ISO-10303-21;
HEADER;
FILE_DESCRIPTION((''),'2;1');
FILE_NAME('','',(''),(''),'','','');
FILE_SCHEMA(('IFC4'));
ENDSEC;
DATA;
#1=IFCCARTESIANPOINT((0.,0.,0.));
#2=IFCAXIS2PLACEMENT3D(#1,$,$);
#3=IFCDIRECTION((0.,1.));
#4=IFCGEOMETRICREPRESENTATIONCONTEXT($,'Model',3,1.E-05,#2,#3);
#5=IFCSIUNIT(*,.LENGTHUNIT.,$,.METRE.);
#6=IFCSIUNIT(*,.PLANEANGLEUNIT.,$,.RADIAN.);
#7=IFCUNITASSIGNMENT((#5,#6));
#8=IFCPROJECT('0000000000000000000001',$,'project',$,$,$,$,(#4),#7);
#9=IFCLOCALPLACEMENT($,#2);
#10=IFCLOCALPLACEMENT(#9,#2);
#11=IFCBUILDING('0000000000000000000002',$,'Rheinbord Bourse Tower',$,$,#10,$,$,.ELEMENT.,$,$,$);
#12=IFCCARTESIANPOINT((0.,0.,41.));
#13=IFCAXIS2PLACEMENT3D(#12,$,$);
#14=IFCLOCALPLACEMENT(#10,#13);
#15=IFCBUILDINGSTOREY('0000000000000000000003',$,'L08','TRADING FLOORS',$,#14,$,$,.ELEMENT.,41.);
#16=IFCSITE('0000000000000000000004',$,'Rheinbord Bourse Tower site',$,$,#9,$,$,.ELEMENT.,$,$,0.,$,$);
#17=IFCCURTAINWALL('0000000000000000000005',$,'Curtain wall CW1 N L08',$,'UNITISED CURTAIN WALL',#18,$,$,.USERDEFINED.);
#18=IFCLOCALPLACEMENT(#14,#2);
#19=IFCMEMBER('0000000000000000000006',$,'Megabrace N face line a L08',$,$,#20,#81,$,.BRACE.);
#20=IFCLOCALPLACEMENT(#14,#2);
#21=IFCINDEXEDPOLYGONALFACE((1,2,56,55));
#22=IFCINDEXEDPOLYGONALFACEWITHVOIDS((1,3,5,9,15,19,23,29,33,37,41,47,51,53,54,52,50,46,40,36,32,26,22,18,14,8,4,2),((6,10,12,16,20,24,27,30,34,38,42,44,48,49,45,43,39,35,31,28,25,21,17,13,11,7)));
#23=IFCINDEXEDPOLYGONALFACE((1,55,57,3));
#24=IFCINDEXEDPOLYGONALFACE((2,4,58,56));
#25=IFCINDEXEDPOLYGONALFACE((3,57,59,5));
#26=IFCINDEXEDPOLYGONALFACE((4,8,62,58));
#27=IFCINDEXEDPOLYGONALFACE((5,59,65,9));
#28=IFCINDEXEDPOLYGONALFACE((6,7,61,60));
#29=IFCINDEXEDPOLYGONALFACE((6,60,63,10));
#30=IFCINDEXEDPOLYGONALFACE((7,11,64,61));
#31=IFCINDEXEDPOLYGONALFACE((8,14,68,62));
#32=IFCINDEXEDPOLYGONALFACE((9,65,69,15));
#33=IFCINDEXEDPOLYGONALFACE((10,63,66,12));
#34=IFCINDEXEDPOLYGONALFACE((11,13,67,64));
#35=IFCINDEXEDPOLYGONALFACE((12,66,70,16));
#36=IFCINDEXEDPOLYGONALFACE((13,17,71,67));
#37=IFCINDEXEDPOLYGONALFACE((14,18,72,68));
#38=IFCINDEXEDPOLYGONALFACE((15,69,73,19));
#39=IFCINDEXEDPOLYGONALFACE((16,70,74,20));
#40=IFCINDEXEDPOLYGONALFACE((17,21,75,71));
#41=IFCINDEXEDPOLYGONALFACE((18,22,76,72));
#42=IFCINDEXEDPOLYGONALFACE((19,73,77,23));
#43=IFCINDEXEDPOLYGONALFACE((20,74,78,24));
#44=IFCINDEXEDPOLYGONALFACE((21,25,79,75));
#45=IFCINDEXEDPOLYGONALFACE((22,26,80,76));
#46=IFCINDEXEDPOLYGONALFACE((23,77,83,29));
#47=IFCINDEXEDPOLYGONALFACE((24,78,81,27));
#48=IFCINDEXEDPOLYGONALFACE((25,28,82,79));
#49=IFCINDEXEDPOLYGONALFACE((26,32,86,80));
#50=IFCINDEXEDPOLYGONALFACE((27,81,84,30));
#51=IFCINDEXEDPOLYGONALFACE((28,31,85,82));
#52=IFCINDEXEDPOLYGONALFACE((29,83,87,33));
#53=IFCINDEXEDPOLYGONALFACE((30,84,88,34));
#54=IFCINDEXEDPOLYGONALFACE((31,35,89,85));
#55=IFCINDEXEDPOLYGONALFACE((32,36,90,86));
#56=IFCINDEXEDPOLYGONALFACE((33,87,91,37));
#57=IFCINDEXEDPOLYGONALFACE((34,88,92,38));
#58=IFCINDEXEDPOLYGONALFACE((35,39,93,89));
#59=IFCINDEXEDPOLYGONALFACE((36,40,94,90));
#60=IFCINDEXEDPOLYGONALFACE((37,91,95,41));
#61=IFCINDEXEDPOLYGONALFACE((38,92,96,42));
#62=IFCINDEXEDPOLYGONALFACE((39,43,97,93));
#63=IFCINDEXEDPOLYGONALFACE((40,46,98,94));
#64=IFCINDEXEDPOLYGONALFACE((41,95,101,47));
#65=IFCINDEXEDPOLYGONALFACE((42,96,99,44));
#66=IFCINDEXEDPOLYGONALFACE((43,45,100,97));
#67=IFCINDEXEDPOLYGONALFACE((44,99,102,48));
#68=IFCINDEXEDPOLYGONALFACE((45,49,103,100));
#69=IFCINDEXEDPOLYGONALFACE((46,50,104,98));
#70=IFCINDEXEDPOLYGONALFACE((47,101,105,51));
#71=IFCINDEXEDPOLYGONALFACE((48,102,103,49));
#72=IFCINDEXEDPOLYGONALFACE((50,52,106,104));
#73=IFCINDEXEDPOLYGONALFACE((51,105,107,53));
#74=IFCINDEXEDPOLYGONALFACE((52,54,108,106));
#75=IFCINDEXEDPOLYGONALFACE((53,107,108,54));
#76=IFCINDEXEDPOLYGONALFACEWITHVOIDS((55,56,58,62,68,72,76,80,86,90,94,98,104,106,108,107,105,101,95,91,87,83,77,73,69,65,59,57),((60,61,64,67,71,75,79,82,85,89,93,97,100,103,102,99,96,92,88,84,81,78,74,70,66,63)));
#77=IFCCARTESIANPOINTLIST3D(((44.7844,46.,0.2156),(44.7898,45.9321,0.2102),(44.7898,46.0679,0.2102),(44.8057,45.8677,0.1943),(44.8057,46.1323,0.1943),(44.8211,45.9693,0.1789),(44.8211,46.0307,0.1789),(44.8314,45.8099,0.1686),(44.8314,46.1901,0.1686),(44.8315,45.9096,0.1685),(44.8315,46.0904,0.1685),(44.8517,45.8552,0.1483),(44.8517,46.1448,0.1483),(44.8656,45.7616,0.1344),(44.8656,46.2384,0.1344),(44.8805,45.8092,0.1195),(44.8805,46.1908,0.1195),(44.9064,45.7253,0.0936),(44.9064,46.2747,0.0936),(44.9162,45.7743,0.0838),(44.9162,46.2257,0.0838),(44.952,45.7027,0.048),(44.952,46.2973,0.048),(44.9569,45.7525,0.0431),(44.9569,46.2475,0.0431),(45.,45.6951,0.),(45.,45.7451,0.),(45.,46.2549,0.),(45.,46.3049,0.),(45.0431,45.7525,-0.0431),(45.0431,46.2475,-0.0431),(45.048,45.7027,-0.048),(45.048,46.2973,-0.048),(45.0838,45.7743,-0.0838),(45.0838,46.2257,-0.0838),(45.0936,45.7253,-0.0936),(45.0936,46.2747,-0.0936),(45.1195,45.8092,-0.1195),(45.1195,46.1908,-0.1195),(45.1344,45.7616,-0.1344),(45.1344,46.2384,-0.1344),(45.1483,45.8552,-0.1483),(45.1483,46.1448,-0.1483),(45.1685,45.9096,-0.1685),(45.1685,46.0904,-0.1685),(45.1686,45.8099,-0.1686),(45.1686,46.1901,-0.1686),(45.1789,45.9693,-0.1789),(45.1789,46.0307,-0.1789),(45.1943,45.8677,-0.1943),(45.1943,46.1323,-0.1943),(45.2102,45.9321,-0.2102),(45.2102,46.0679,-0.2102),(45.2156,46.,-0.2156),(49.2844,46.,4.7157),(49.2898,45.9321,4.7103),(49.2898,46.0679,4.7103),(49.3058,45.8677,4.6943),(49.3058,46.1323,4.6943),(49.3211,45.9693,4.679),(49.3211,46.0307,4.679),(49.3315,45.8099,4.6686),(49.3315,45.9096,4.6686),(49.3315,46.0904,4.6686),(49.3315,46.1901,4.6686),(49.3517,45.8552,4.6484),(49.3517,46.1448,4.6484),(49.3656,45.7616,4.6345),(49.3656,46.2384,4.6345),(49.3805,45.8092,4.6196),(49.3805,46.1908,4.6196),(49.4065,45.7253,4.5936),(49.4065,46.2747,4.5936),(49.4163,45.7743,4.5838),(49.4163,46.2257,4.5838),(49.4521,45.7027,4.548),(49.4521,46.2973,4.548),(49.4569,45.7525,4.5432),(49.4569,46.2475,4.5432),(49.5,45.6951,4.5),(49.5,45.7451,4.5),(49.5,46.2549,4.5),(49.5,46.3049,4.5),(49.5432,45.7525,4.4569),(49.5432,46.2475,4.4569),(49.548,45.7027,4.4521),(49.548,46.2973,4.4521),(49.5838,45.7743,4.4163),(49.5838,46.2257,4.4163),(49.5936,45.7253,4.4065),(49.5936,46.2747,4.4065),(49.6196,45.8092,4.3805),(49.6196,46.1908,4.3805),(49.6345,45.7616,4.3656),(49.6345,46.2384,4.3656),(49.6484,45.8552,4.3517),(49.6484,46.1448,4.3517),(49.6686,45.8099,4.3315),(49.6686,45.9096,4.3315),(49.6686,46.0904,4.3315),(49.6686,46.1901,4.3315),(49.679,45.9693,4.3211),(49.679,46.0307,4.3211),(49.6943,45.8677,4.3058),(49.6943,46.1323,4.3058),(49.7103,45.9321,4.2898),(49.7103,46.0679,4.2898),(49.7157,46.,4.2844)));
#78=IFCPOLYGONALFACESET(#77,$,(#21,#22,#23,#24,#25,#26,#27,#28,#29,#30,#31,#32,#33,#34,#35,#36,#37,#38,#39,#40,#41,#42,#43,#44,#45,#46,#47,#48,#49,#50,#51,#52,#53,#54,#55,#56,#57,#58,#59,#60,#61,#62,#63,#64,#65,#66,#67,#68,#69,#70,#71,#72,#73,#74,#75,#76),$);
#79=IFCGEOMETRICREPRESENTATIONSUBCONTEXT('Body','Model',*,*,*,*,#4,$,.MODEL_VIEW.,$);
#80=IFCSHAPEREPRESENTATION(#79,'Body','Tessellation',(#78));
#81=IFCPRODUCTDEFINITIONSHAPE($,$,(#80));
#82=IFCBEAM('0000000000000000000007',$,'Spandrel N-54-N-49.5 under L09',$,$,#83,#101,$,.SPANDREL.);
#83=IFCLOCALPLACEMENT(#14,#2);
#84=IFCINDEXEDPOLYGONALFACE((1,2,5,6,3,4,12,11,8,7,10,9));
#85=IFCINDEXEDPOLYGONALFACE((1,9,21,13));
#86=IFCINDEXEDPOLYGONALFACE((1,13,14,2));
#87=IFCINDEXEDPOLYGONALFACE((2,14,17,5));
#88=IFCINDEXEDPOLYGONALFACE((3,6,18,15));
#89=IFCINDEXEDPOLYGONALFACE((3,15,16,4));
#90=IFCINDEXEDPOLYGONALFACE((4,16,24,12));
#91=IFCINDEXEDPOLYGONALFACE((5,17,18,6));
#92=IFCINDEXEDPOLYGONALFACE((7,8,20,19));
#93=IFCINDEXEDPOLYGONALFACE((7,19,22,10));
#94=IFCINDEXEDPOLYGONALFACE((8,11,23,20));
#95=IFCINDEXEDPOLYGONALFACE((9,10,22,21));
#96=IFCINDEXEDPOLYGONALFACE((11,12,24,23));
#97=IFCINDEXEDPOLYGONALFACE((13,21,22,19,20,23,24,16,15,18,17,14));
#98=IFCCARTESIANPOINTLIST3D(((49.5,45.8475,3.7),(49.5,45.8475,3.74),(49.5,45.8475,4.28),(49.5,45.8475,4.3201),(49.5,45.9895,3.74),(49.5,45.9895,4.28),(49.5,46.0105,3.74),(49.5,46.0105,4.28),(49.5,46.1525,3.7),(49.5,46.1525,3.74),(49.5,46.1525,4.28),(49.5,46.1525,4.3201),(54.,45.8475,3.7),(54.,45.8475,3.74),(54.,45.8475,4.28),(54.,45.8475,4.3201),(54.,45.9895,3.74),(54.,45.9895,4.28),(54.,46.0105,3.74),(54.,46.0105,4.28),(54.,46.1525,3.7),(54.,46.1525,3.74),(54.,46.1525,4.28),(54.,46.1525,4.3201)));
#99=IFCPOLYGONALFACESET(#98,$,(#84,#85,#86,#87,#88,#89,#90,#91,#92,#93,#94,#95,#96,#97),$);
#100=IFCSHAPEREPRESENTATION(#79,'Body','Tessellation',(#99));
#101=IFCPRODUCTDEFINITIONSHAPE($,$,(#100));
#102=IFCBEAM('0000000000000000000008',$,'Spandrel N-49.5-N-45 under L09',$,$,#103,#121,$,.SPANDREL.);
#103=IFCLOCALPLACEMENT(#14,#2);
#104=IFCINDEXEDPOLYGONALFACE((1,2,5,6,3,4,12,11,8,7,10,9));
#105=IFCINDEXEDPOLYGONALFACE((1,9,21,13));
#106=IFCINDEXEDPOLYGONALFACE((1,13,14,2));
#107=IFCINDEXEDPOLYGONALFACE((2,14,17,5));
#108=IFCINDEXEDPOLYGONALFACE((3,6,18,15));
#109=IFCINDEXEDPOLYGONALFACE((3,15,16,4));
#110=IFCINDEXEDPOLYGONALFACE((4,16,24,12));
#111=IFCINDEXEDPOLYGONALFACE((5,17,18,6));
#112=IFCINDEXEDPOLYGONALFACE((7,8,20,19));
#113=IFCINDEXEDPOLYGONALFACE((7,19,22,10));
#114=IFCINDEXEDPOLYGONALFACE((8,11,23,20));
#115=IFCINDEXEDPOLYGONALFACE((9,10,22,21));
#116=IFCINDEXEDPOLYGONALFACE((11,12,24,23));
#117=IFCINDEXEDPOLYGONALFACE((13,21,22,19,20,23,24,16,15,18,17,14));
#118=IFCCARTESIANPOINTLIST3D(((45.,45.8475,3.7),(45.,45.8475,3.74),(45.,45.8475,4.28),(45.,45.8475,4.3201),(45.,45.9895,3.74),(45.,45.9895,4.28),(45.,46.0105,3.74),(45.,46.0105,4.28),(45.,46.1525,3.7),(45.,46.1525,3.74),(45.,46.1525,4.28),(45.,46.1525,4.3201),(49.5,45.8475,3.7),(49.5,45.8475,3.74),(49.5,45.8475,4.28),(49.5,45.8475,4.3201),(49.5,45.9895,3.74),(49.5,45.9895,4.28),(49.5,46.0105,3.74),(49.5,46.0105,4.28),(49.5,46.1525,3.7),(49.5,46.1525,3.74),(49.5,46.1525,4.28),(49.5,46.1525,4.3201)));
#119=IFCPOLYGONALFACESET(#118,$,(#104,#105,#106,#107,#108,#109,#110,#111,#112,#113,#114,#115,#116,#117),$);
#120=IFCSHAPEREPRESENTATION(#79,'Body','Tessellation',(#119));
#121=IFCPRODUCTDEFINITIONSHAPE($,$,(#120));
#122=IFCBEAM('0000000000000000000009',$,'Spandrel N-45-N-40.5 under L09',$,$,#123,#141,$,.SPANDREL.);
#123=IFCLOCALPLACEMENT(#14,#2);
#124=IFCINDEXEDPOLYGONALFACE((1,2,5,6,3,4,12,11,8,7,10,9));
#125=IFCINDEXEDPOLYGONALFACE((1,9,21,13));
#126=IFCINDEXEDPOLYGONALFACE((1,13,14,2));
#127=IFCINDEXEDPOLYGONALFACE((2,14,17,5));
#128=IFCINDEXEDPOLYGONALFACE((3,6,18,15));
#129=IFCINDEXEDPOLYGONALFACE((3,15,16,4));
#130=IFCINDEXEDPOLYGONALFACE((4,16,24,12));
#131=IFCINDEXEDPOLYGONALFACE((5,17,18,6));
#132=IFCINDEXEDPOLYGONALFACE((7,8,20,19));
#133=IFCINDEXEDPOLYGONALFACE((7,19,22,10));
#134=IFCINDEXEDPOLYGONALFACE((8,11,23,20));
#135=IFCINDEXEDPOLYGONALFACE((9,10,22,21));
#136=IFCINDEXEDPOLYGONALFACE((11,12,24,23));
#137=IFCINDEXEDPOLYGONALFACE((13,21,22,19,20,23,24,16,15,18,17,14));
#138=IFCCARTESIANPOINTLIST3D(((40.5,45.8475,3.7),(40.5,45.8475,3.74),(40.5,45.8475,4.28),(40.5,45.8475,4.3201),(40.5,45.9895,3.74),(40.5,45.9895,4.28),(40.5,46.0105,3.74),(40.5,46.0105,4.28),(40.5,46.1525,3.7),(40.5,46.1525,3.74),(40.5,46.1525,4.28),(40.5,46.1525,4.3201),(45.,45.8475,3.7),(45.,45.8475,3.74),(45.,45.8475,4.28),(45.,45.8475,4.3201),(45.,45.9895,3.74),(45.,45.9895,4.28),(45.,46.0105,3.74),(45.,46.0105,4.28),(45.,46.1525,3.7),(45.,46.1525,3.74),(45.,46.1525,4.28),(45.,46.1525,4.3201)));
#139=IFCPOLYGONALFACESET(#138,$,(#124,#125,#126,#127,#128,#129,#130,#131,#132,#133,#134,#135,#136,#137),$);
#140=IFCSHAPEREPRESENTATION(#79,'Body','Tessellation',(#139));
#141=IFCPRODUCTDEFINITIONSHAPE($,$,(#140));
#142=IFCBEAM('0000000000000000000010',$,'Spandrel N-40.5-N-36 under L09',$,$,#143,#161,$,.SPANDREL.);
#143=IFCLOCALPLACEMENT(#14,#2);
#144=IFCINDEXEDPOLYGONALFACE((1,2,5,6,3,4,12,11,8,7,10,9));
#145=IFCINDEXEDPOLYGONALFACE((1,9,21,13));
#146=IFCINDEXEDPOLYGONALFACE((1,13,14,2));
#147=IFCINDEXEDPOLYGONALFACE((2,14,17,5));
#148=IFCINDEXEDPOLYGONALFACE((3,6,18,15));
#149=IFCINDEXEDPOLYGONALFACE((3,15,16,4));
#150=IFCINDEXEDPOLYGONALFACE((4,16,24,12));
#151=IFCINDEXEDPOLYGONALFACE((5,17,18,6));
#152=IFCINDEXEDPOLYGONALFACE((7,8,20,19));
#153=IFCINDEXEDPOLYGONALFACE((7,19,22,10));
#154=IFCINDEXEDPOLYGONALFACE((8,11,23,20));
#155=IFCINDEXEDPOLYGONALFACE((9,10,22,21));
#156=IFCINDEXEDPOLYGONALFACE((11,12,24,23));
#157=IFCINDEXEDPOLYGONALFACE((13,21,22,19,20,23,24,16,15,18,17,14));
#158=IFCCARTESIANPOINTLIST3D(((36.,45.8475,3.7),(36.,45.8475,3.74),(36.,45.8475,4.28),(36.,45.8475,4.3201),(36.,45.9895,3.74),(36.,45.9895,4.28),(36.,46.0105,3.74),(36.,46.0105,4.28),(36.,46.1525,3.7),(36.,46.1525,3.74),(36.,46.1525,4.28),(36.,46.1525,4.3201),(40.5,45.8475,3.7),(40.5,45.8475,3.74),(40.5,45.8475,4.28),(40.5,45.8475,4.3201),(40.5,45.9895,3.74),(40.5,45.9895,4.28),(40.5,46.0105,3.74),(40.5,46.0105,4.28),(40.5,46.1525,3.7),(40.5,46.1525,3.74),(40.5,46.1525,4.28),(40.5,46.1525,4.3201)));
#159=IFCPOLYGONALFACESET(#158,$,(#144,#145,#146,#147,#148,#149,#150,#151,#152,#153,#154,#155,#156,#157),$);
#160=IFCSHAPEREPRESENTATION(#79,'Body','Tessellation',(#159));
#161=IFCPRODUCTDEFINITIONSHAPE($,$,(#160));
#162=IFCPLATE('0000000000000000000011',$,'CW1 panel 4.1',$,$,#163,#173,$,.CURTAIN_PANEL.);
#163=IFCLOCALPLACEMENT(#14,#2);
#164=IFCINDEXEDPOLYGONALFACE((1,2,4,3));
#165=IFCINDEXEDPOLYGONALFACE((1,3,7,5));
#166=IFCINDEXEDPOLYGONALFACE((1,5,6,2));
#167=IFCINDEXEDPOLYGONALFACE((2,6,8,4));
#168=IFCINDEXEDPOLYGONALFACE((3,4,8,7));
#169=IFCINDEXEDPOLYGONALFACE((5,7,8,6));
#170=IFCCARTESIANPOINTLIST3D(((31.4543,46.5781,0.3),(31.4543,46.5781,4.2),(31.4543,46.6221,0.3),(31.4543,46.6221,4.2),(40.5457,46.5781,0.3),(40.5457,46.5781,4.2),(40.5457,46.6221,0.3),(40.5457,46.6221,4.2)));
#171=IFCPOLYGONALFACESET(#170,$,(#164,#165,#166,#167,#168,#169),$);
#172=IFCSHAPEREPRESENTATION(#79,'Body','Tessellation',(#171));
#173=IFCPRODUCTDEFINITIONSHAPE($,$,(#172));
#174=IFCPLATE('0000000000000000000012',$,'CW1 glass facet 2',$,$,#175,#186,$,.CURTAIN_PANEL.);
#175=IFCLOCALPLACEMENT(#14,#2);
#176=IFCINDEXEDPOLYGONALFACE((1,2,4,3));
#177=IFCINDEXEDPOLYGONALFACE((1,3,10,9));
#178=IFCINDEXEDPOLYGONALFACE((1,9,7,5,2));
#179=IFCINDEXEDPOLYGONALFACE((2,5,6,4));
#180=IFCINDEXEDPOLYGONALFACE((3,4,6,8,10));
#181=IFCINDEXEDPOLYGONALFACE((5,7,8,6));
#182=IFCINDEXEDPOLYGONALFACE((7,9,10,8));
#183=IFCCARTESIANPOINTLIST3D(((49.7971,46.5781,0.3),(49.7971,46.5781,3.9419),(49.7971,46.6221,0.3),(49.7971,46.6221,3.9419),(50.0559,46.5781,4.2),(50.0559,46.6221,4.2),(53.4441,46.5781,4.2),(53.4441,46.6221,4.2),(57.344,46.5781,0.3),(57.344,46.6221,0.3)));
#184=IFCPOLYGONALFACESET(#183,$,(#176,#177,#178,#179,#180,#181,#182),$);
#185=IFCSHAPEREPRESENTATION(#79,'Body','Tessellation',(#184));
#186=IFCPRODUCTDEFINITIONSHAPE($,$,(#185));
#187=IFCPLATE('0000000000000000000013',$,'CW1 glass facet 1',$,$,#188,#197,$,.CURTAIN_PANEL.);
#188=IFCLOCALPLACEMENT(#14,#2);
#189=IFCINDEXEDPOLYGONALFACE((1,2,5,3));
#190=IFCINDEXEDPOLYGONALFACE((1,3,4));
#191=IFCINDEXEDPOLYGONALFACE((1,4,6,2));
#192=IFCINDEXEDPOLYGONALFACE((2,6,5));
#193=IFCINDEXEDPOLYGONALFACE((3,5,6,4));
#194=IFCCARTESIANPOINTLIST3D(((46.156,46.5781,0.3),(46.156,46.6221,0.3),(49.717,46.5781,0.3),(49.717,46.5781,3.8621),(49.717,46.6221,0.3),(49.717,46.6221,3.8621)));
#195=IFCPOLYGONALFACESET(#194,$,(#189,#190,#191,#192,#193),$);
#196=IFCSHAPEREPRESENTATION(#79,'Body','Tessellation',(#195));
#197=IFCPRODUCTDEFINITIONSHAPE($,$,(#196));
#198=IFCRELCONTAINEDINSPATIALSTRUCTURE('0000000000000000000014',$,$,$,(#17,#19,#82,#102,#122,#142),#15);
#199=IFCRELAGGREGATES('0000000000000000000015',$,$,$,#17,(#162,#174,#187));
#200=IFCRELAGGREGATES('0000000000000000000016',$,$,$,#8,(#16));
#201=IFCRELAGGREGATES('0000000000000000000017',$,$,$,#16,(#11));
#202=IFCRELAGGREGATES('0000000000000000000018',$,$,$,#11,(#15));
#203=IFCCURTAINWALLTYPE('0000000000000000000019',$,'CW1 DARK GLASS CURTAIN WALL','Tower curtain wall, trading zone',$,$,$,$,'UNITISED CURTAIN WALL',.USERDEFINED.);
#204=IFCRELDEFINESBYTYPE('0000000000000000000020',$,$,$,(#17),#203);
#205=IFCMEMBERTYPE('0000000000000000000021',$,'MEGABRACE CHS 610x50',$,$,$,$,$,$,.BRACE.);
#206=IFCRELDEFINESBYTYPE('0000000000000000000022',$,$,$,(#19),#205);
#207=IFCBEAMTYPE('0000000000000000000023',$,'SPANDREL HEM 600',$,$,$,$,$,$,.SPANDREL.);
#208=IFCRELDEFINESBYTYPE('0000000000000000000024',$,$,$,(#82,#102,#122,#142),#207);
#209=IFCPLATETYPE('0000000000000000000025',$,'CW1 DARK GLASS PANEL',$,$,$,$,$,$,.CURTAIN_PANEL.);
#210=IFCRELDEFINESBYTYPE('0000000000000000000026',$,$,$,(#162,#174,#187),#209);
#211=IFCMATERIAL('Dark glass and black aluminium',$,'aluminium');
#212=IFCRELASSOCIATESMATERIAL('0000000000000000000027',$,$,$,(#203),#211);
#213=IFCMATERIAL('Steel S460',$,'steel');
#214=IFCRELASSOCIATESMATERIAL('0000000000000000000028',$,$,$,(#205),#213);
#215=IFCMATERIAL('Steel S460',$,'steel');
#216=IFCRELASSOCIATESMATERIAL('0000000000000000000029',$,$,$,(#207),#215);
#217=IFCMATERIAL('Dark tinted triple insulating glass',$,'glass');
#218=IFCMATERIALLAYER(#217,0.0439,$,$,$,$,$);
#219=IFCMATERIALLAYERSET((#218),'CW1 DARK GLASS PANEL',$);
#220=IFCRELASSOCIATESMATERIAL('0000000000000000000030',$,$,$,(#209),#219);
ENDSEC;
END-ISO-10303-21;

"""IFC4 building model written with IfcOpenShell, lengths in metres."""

from ifc_helpers import new_model, si_unit, direction, frame, origin, origin_2d, place, context, subcontext, project, spatial, polyline, rectangle, hollow_circle, i_section, outline, extrude, material, layer, layer_set, material_profile, profile_set, type_object, element, aggregate, save


model = new_model("IFC4")

# Units and contexts
model_context = context("Model", 3, precision=1e-05, world=origin(), true_north=direction((0.0, 1.0)))
body_context = subcontext(model_context, "Body", "Model", "MODEL_VIEW")
ifc_project = project(units=[si_unit("LENGTHUNIT", "METRE"), si_unit("PLANEANGLEUNIT", "RADIAN")], contexts=[model_context])

# Site, building, storey
site_placement = place(None, origin())
site = spatial("IfcSite", under=ifc_project, at=site_placement, Name="Rheinbord Bourse Tower site", CompositionType="ELEMENT", RefElevation=0.0)
building_placement = place(site_placement, origin())
building = spatial("IfcBuilding", under=site, at=building_placement, Name="Rheinbord Bourse Tower", CompositionType="ELEMENT")
storey_placement = place(building_placement, frame((0.0, 0.0, 41.0)))
storey = spatial("IfcBuildingStorey", under=building, at=storey_placement, Name="L08", Description="TRADING FLOORS", CompositionType="ELEMENT", Elevation=41.0)

# Curtain wall
ifc_material_1 = material(Name="Dark glass and black aluminium", Category="aluminium")
curtain_wall_type = type_object("IfcCurtainWallType", Name="CW1 DARK GLASS CURTAIN WALL", Description="Tower curtain wall, trading zone", ElementType="UNITISED CURTAIN WALL", PredefinedType="USERDEFINED", material=ifc_material_1)
curtain_wall_placement = place(storey_placement, origin())
curtain_wall = element("IfcCurtainWall", 1, at=curtain_wall_placement, inside=storey, type_object=curtain_wall_type, Name="Curtain wall CW1 N L08", ObjectType="UNITISED CURTAIN WALL", PredefinedType="USERDEFINED")

# Member
ifc_material_2 = material(Name="Steel S460", Category="steel")
ifc_material_profile_1 = material_profile(ifc_material_2, hollow_circle(Radius=0.3049, WallThickness=0.05, at=origin_2d()), Name="CHS 610x50")
ifc_profile_set_1 = profile_set([ifc_material_profile_1], Name="Steel S460")
member_type_1 = type_object("IfcMemberType", Name="MEGABRACE CHS 610x50", PredefinedType="BRACE", material=ifc_profile_set_1)
member_1_placement = place(storey_placement, frame((45.0, 46.0, 0.0), z_axis=(0.707107, 0.0, 0.707107), x_axis=(0.0, 1.0, 0.0)))
element("IfcMember", 2, at=member_1_placement, inside=storey, type_object=member_type_1, Name="Megabrace N face line a L08", PredefinedType="BRACE", context=body_context, shape_type="SweptSolid", body=[
    extrude(hollow_circle(Radius=0.3049, WallThickness=0.05, at=origin_2d()), origin(), (0.0, 0.0, 1.0), 6.364),
])

# Beams
ifc_material_3 = material(Name="Steel S460", Category="steel")
ifc_material_profile_2 = material_profile(ifc_material_3, i_section(OverallWidth=0.3049, OverallDepth=0.6201, WebThickness=0.021, FlangeThickness=0.04, at=origin_2d()), Name="HEM 600")
ifc_profile_set_2 = profile_set([ifc_material_profile_2], Name="Steel S460")
beam_type_1 = type_object("IfcBeamType", Name="SPANDREL HEM 600", PredefinedType="SPANDREL", material=ifc_profile_set_2)
for number, where, z_axis, x_axis, name in (
    (3, (54.0, 46.0, 4.01), (-1.0, 0.0, 0.0), (0.0, -1.0, 0.0), "Spandrel N-54-N-49.5 under L09"),
    (4, (49.5, 46.0, 4.01), (-1.0, 0.0, 0.0), (0.0, -1.0, 0.0), "Spandrel N-49.5-N-45 under L09"),
    (5, (45.0, 46.0, 4.01), (-1.0, 0.0, 0.0), (0.0, -1.0, 0.0), "Spandrel N-45-N-40.5 under L09"),
    (6, (40.5, 46.0, 4.01), (-1.0, 0.0, 0.0), (0.0, -1.0, 0.0), "Spandrel N-40.5-N-36 under L09"),
):
    element("IfcBeam", number, at=place(storey_placement, frame(where, z_axis=z_axis, x_axis=x_axis)), inside=storey, type_object=beam_type_1, Name=name, PredefinedType="SPANDREL", context=body_context, shape_type="SweptSolid", body=[
        extrude(i_section(OverallWidth=0.3049, OverallDepth=0.6201, WebThickness=0.021, FlangeThickness=0.04, at=origin_2d()), origin(), (0.0, 0.0, 1.0), 4.5),
    ])

# Plates
ifc_material_4 = material(Name="Dark tinted triple insulating glass", Category="glass")
ifc_layer_1 = layer(ifc_material_4, 0.0439)
ifc_layer_set_1 = layer_set([ifc_layer_1], Name="CW1 DARK GLASS PANEL")
plate_type = type_object("IfcPlateType", Name="CW1 DARK GLASS PANEL", PredefinedType="CURTAIN_PANEL", material=ifc_layer_set_1)
plate_1_placement = place(storey_placement, frame((36.0, 46.6001, 0.3), z_axis=(0.0, 0.0, 1.0), x_axis=(-1.0, 0.0, 0.0)))
plate_1 = element("IfcPlate", 7, at=plate_1_placement, type_object=plate_type, Name="CW1 panel 4.1", PredefinedType="CURTAIN_PANEL", context=body_context, shape_type="SweptSolid", body=[
    extrude(rectangle(XDim=9.0913, YDim=0.0439, at=origin_2d()), origin(), (0.0, 0.0, 1.0), 3.8999),
])
plate_2_placement = place(storey_placement, frame((49.7971, 46.6221, 0.3), z_axis=(0.0, -1.0, 0.0), x_axis=(1.0, 0.0, 0.0)))
plate_2 = element("IfcPlate", 8, at=plate_2_placement, type_object=plate_type, Name="CW1 glass facet 2", PredefinedType="CURTAIN_PANEL", context=body_context, shape_type="SweptSolid", body=[
    extrude(outline(polyline([(0.0, 0.0), (7.5469, 0.0), (3.647, 3.8999), (0.2588, 3.8999), (0.0, 3.6418), (0.0, 0.0)])), origin(), (0.0, 0.0, 1.0), 0.0439),
])
plate_3_placement = place(storey_placement, frame((49.717, 46.6221, 0.3), z_axis=(0.0, -1.0, 0.0), x_axis=(0.0, 0.0, 1.0)))
plate_3 = element("IfcPlate", 9, at=plate_3_placement, type_object=plate_type, Name="CW1 glass facet 1", PredefinedType="CURTAIN_PANEL", context=body_context, shape_type="SweptSolid", body=[
    extrude(outline(polyline([(0.0, 0.0), (3.562, 0.0), (0.0, 3.561), (0.0, 0.0)])), origin(), (0.0, 0.0, 1.0), 0.0439),
])
aggregate(curtain_wall, [plate_1, plate_2, plate_3])

save(model, "model.ifc")
